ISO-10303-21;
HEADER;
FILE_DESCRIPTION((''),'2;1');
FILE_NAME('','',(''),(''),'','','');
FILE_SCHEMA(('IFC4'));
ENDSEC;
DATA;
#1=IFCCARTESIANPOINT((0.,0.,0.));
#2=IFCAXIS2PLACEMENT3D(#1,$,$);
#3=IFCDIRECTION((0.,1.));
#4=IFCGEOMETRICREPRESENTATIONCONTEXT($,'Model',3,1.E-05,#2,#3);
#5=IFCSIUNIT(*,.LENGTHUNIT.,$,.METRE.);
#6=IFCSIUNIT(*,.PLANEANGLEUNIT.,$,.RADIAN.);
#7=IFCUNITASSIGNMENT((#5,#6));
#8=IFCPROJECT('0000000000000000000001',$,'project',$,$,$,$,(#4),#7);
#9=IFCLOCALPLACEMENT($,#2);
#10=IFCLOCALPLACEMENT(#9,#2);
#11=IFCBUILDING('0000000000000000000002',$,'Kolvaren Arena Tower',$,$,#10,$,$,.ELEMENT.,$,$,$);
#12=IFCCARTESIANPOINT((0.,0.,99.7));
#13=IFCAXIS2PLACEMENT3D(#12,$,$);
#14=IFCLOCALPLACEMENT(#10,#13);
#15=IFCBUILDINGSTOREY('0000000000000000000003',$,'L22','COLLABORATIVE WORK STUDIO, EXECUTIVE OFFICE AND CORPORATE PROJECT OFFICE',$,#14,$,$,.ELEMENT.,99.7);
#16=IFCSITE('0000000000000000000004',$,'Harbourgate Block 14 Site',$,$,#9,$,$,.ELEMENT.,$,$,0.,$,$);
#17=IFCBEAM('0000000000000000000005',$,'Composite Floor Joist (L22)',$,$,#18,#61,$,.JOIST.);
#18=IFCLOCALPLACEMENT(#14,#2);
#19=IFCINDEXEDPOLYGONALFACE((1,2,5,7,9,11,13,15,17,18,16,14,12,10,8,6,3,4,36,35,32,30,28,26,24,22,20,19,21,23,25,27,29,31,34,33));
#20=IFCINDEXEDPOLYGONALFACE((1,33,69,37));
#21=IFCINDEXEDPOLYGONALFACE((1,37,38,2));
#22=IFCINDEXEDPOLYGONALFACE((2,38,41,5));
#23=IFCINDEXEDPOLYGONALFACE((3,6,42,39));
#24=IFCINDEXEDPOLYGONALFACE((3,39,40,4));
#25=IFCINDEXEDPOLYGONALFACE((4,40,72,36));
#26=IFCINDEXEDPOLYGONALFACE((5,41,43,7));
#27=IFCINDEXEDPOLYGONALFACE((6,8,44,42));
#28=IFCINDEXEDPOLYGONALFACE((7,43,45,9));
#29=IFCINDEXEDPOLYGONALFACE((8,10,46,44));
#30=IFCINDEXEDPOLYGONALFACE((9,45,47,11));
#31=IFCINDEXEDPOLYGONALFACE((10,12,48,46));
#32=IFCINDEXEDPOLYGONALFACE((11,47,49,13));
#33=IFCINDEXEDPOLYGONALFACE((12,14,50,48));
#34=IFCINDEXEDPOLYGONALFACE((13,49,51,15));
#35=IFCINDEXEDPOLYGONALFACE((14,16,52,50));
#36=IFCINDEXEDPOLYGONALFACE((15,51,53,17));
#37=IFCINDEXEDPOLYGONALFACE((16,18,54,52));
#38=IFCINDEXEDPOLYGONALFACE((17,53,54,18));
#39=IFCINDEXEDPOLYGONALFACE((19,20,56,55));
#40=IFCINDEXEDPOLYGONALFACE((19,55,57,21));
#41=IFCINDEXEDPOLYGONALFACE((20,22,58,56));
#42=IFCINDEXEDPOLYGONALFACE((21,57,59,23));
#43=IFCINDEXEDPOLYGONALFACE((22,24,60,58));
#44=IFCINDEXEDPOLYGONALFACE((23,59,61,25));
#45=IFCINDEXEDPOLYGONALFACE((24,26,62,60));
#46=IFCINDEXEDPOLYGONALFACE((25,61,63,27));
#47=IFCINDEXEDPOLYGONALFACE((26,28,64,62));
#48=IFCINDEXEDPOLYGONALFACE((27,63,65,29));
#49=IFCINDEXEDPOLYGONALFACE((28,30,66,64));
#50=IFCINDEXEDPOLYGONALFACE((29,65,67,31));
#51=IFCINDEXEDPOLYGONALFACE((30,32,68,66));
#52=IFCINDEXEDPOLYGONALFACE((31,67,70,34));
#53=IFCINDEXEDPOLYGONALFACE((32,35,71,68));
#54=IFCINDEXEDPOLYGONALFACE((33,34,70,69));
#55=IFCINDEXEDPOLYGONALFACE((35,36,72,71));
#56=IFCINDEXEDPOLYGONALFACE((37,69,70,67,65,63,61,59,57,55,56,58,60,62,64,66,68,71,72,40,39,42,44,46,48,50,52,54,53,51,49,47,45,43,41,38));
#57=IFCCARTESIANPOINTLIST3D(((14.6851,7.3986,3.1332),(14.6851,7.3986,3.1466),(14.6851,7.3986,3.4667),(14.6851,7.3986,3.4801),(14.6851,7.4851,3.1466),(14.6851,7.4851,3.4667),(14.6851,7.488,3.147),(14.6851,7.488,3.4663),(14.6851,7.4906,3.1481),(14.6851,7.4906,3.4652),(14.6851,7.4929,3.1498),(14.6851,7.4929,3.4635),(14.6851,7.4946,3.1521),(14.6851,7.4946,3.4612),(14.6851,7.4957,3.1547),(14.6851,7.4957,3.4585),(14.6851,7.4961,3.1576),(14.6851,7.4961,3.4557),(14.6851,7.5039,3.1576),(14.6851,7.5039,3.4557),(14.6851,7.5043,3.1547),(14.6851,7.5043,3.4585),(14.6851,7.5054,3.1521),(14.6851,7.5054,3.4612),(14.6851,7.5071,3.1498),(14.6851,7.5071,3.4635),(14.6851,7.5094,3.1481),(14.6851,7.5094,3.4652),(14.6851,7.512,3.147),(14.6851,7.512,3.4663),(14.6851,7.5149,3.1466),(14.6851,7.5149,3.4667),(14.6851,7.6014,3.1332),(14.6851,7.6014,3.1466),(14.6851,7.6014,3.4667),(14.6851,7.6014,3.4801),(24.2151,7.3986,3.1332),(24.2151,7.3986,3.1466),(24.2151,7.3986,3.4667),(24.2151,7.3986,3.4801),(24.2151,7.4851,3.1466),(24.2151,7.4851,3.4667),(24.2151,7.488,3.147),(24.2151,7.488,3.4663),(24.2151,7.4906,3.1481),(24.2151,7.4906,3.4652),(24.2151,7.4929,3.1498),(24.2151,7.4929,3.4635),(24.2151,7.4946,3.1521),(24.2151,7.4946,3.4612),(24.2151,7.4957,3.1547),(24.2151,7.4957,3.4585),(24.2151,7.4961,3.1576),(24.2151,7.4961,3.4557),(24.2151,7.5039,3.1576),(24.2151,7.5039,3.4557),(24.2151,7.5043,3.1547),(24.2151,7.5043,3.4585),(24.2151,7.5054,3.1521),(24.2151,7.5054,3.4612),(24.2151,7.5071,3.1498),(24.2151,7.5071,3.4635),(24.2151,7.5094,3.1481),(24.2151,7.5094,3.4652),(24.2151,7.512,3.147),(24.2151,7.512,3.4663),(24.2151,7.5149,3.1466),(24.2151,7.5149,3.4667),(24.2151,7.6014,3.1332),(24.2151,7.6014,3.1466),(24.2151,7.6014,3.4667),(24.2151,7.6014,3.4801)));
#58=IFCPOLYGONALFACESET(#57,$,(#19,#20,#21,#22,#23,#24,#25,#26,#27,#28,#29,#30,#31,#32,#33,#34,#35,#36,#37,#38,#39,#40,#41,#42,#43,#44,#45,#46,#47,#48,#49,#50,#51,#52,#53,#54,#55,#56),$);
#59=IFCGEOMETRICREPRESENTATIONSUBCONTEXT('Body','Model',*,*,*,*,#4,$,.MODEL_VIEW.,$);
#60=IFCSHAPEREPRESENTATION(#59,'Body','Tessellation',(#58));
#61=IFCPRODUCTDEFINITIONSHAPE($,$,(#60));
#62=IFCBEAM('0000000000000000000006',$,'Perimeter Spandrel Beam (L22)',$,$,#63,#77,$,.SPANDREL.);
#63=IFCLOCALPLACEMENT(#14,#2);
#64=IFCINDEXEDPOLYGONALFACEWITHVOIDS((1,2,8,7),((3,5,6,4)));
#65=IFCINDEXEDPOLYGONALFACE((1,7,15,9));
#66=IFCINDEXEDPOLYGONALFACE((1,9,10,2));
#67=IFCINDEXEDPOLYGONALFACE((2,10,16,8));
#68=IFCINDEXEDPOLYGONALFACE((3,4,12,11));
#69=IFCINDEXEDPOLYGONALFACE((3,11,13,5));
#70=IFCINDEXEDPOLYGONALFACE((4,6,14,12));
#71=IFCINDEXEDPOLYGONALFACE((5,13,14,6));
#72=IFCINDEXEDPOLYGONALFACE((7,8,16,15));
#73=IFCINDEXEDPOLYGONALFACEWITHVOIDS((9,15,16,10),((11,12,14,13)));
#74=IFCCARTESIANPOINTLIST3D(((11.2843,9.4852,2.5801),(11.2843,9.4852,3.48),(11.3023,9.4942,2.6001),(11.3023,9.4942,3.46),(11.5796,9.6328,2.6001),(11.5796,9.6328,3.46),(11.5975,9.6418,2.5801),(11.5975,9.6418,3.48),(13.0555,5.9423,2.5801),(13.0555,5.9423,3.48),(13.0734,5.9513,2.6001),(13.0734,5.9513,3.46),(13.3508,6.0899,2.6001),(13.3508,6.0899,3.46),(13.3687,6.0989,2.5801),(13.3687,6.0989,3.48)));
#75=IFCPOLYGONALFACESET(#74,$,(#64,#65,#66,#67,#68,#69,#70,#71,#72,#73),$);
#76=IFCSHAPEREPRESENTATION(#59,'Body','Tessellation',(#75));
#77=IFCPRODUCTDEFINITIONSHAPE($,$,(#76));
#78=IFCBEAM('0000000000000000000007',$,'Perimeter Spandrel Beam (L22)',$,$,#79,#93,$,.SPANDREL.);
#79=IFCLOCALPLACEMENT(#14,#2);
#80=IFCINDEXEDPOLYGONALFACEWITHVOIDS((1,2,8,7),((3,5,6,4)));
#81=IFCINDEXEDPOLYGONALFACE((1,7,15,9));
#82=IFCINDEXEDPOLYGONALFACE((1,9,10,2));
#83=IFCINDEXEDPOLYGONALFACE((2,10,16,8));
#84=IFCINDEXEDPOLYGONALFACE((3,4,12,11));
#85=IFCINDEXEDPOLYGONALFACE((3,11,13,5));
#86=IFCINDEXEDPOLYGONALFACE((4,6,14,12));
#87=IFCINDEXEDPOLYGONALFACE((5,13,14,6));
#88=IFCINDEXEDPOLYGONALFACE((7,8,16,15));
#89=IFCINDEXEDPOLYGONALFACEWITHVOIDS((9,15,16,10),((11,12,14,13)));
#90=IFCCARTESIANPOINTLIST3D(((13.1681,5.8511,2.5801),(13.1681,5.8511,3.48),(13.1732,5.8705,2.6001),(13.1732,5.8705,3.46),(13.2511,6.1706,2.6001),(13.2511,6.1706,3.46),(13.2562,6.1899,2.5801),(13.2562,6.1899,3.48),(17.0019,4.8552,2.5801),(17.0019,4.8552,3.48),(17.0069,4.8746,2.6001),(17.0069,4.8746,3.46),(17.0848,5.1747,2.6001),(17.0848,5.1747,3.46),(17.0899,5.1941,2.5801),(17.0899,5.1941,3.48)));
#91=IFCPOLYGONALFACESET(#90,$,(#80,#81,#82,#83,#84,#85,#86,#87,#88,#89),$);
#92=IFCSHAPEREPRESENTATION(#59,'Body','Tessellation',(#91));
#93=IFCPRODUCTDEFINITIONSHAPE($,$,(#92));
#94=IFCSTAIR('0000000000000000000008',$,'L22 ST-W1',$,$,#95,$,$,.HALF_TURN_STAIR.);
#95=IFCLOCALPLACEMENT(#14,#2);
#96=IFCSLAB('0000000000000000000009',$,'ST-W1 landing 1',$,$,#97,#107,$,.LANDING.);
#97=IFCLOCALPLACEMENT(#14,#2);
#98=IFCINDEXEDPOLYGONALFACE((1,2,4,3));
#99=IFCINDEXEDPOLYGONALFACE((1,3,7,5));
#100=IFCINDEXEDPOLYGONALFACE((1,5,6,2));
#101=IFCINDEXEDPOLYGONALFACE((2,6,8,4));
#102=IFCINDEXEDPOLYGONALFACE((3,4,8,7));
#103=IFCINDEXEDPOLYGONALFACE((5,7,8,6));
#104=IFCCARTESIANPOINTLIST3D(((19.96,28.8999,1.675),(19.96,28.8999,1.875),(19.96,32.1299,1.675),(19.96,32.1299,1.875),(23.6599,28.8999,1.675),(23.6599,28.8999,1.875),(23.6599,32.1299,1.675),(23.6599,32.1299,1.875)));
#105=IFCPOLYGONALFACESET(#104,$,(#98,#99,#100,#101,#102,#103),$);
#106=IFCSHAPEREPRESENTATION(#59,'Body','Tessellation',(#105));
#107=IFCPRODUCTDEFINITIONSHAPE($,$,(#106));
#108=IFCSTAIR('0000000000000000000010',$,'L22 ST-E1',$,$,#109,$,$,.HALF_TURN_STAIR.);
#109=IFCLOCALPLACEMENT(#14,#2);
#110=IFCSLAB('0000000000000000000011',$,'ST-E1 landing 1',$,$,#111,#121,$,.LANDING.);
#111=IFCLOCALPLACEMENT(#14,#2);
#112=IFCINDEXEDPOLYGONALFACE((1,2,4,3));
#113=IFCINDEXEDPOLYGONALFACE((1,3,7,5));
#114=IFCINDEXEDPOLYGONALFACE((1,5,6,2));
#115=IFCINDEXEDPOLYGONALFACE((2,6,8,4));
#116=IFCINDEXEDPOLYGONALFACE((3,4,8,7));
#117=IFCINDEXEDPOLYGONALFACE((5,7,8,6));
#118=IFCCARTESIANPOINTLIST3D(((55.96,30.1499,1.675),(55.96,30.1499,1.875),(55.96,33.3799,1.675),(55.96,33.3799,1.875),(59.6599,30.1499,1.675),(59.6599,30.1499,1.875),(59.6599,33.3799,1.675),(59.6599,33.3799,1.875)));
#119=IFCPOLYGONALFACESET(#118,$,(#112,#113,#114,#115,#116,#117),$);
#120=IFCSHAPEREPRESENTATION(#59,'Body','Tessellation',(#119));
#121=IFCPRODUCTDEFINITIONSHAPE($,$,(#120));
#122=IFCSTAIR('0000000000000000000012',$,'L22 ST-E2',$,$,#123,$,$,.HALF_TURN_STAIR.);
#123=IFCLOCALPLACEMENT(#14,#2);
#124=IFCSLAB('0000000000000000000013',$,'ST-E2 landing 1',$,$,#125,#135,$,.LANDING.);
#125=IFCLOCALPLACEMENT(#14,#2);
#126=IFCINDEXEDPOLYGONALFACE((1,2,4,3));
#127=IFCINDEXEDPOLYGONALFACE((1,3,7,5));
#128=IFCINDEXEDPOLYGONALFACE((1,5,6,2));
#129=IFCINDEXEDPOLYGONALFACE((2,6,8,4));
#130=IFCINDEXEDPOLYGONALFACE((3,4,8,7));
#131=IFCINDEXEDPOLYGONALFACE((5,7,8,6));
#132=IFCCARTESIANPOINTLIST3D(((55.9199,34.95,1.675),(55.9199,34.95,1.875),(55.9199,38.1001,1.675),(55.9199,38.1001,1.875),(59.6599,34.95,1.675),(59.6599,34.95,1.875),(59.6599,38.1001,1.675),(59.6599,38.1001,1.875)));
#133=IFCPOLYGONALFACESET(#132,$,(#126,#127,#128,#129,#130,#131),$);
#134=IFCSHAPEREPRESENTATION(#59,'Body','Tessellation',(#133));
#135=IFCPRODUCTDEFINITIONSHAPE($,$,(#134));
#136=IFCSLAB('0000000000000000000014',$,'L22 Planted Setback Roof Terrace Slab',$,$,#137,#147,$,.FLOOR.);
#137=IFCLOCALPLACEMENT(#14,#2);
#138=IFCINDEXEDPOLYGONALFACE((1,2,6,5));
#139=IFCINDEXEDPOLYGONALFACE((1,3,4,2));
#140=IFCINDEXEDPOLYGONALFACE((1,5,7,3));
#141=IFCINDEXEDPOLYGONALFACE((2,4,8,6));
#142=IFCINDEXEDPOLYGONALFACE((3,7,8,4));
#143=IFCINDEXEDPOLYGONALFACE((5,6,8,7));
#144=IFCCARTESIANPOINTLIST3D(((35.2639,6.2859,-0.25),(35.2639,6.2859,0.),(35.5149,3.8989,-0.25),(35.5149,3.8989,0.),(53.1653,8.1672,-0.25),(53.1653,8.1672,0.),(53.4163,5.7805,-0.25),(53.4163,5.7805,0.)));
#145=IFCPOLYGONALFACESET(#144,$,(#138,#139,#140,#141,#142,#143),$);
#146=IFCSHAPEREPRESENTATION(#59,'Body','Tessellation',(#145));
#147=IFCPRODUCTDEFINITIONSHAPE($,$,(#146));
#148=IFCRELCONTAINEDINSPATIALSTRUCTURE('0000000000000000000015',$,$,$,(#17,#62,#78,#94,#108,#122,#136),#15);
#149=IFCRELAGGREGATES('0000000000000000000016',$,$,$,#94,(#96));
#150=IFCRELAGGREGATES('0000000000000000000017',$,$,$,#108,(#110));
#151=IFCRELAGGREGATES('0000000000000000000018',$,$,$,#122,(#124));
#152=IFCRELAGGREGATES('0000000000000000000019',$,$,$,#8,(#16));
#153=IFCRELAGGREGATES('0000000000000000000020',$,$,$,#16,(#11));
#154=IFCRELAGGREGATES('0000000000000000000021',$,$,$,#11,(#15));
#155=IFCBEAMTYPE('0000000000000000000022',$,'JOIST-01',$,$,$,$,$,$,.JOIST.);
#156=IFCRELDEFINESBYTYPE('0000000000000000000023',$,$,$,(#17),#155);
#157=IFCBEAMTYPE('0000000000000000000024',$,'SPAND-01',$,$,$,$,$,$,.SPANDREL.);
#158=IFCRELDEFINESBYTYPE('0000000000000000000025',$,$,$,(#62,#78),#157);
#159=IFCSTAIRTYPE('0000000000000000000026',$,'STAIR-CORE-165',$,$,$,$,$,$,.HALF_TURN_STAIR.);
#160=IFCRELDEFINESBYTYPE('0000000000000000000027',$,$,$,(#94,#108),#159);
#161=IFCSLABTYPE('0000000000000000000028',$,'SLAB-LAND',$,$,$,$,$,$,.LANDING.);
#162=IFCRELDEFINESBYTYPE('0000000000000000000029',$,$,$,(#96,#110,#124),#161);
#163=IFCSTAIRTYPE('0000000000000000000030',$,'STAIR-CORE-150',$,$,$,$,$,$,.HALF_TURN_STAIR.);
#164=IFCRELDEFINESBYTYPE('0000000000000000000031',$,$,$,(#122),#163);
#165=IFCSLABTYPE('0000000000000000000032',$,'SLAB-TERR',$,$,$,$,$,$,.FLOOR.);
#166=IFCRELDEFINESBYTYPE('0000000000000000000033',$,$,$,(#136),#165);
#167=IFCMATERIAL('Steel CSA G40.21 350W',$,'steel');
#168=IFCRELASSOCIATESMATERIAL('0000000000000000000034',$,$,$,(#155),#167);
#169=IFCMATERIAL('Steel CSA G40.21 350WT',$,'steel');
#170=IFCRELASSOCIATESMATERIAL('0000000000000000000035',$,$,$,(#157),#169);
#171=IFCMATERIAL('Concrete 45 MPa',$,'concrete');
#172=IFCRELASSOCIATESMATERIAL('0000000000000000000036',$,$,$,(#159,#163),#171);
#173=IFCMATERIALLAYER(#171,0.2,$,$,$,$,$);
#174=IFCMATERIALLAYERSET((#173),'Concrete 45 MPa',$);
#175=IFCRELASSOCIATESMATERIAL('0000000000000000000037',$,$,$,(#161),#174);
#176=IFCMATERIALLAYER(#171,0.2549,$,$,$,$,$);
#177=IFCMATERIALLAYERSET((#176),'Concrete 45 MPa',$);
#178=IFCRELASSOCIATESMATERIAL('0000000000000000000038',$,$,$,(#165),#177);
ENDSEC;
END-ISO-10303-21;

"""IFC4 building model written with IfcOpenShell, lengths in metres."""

from ifc_helpers import new_model, si_unit, direction, frame, origin, origin_2d, place, context, subcontext, project, spatial, polyline, hollow_rectangle, i_section, outline, extrude, material, layer, layer_set, material_profile, profile_set, type_object, element, aggregate, save


model = new_model("IFC4")

# Units and contexts
model_context = context("Model", 3, precision=1e-05, world=origin(), true_north=direction((0.0, 1.0)))
body_context = subcontext(model_context, "Body", "Model", "MODEL_VIEW")
ifc_project = project(units=[si_unit("LENGTHUNIT", "METRE"), si_unit("PLANEANGLEUNIT", "RADIAN")], contexts=[model_context])

# Site, building, storey
site_placement = place(None, origin())
site = spatial("IfcSite", under=ifc_project, at=site_placement, Name="Harbourgate Block 14 Site", CompositionType="ELEMENT", RefElevation=0.0)
building_placement = place(site_placement, origin())
building = spatial("IfcBuilding", under=site, at=building_placement, Name="Kolvaren Arena Tower", CompositionType="ELEMENT")
storey_placement = place(building_placement, frame((0.0, 0.0, 99.7)))
storey = spatial("IfcBuildingStorey", under=building, at=storey_placement, Name="L22", Description="COLLABORATIVE WORK STUDIO, EXECUTIVE OFFICE AND CORPORATE PROJECT OFFICE", CompositionType="ELEMENT", Elevation=99.7)

# Beams
ifc_material_1 = material(Name="Steel CSA G40.21 350W", Category="steel")
ifc_material_profile_1 = material_profile(ifc_material_1, i_section(OverallWidth=0.2029, OverallDepth=0.3469, WebThickness=0.0078, FlangeThickness=0.0134, FilletRadius=0.011, at=origin_2d()), Name="W360x64")
ifc_profile_set_1 = profile_set([ifc_material_profile_1], Name="Steel CSA G40.21 350W")
beam_type_1 = type_object("IfcBeamType", Name="JOIST-01", PredefinedType="JOIST", material=ifc_profile_set_1)
beam_1_placement = place(storey_placement, frame((14.6851, 7.5, 3.3066), z_axis=(1.0, 0.0, 0.0), x_axis=(0.0, 1.0, 0.0)))
element("IfcBeam", 1, at=beam_1_placement, inside=storey, type_object=beam_type_1, Name="Composite Floor Joist (L22)", PredefinedType="JOIST", context=body_context, shape_type="SweptSolid", body=[
    extrude(i_section(OverallWidth=0.2029, OverallDepth=0.3469, WebThickness=0.0078, FlangeThickness=0.0134, FilletRadius=0.011, at=origin_2d()), origin(), (0.0, 0.0, 1.0), 9.53),
])
ifc_material_2 = material(Name="Steel CSA G40.21 350WT", Category="steel")
ifc_material_profile_2 = material_profile(ifc_material_2, hollow_rectangle(XDim=0.3501, YDim=0.8999, WallThickness=0.02, at=origin_2d()), Name="HSS 900x350x20")
ifc_profile_set_2 = profile_set([ifc_material_profile_2], Name="Steel CSA G40.21 350WT")
beam_type_2 = type_object("IfcBeamType", Name="SPAND-01", PredefinedType="SPANDREL", material=ifc_profile_set_2)
for number, where, z_axis, x_axis, name in (
    (2, (11.4409, 9.5635, 3.03), (0.447164, -0.894452, 0.0), (0.894452, 0.447164, 0.0), "Perimeter Spandrel Beam (L22)"),
    (3, (13.2122, 6.0205, 3.03), (0.967879, -0.251416, 0.0), (0.251416, 0.967879, 0.0), "Perimeter Spandrel Beam (L22)"),
):
    element("IfcBeam", number, at=place(storey_placement, frame(where, z_axis=z_axis, x_axis=x_axis)), inside=storey, type_object=beam_type_2, Name=name, PredefinedType="SPANDREL", context=body_context, shape_type="SweptSolid", body=[
        extrude(hollow_rectangle(XDim=0.3501, YDim=0.8999, WallThickness=0.02, at=origin_2d()), origin(), (0.0, 0.0, 1.0), 3.9609),
    ])

# Stairs, slabs
ifc_material_3 = material(Name="Concrete 45 MPa", Category="concrete")
stair_type_1 = type_object("IfcStairType", Name="STAIR-CORE-165", PredefinedType="HALF_TURN_STAIR", material=ifc_material_3)
stair_1_placement = place(storey_placement, origin())
stair_1 = element("IfcStair", 4, at=stair_1_placement, inside=storey, type_object=stair_type_1, Name="L22 ST-W1", PredefinedType="HALF_TURN_STAIR")
ifc_layer_1 = layer(ifc_material_3, 0.2)
ifc_layer_set_1 = layer_set([ifc_layer_1], Name="Concrete 45 MPa")
slab_type_1 = type_object("IfcSlabType", Name="SLAB-LAND", PredefinedType="LANDING", material=ifc_layer_set_1)
slab_1_placement = place(storey_placement, frame((0.0, 0.0, 1.675)))
slab_1 = element("IfcSlab", 5, at=slab_1_placement, type_object=slab_type_1, Name="ST-W1 landing 1", PredefinedType="LANDING", context=body_context, shape_type="SweptSolid", body=[
    extrude(outline(polyline([(19.96, 28.8999), (23.6599, 28.8999), (23.6599, 32.1299), (19.96, 32.1299), (19.96, 28.8999)])), origin(), (0.0, 0.0, 1.0), 0.2),
])
aggregate(stair_1, [slab_1])
stair_2_placement = place(storey_placement, origin())
stair_2 = element("IfcStair", 6, at=stair_2_placement, inside=storey, type_object=stair_type_1, Name="L22 ST-E1", PredefinedType="HALF_TURN_STAIR")
slab_2_placement = place(storey_placement, frame((0.0, 0.0, 1.675)))
slab_2 = element("IfcSlab", 7, at=slab_2_placement, type_object=slab_type_1, Name="ST-E1 landing 1", PredefinedType="LANDING", context=body_context, shape_type="SweptSolid", body=[
    extrude(outline(polyline([(55.96, 30.1499), (59.6599, 30.1499), (59.6599, 33.3799), (55.96, 33.3799), (55.96, 30.1499)])), origin(), (0.0, 0.0, 1.0), 0.2),
])
aggregate(stair_2, [slab_2])
stair_type_2 = type_object("IfcStairType", Name="STAIR-CORE-150", PredefinedType="HALF_TURN_STAIR", material=ifc_material_3)
stair_3_placement = place(storey_placement, origin())
stair_3 = element("IfcStair", 8, at=stair_3_placement, inside=storey, type_object=stair_type_2, Name="L22 ST-E2", PredefinedType="HALF_TURN_STAIR")
slab_3_placement = place(storey_placement, frame((0.0, 0.0, 1.675)))
slab_3 = element("IfcSlab", 9, at=slab_3_placement, type_object=slab_type_1, Name="ST-E2 landing 1", PredefinedType="LANDING", context=body_context, shape_type="SweptSolid", body=[
    extrude(outline(polyline([(55.9199, 34.95), (59.6599, 34.95), (59.6599, 38.1001), (55.9199, 38.1001), (55.9199, 34.95)])), origin(), (0.0, 0.0, 1.0), 0.2),
])
aggregate(stair_3, [slab_3])

# Slab
ifc_layer_2 = layer(ifc_material_3, 0.2549)
ifc_layer_set_2 = layer_set([ifc_layer_2], Name="Concrete 45 MPa")
slab_type_2 = type_object("IfcSlabType", Name="SLAB-TERR", PredefinedType="FLOOR", material=ifc_layer_set_2)
slab_4_placement = place(storey_placement, frame((0.0, 0.0, -0.25)))
element("IfcSlab", 10, at=slab_4_placement, inside=storey, type_object=slab_type_2, Name="L22 Planted Setback Roof Terrace Slab", PredefinedType="FLOOR", context=body_context, shape_type="SweptSolid", body=[
    extrude(outline(polyline([(35.5149, 3.8989), (53.4163, 5.7805), (53.1653, 8.1672), (35.2639, 6.2859), (35.5149, 3.8989)])), origin(), (0.0, 0.0, 1.0), 0.25),
])

save(model, "model.ifc")
